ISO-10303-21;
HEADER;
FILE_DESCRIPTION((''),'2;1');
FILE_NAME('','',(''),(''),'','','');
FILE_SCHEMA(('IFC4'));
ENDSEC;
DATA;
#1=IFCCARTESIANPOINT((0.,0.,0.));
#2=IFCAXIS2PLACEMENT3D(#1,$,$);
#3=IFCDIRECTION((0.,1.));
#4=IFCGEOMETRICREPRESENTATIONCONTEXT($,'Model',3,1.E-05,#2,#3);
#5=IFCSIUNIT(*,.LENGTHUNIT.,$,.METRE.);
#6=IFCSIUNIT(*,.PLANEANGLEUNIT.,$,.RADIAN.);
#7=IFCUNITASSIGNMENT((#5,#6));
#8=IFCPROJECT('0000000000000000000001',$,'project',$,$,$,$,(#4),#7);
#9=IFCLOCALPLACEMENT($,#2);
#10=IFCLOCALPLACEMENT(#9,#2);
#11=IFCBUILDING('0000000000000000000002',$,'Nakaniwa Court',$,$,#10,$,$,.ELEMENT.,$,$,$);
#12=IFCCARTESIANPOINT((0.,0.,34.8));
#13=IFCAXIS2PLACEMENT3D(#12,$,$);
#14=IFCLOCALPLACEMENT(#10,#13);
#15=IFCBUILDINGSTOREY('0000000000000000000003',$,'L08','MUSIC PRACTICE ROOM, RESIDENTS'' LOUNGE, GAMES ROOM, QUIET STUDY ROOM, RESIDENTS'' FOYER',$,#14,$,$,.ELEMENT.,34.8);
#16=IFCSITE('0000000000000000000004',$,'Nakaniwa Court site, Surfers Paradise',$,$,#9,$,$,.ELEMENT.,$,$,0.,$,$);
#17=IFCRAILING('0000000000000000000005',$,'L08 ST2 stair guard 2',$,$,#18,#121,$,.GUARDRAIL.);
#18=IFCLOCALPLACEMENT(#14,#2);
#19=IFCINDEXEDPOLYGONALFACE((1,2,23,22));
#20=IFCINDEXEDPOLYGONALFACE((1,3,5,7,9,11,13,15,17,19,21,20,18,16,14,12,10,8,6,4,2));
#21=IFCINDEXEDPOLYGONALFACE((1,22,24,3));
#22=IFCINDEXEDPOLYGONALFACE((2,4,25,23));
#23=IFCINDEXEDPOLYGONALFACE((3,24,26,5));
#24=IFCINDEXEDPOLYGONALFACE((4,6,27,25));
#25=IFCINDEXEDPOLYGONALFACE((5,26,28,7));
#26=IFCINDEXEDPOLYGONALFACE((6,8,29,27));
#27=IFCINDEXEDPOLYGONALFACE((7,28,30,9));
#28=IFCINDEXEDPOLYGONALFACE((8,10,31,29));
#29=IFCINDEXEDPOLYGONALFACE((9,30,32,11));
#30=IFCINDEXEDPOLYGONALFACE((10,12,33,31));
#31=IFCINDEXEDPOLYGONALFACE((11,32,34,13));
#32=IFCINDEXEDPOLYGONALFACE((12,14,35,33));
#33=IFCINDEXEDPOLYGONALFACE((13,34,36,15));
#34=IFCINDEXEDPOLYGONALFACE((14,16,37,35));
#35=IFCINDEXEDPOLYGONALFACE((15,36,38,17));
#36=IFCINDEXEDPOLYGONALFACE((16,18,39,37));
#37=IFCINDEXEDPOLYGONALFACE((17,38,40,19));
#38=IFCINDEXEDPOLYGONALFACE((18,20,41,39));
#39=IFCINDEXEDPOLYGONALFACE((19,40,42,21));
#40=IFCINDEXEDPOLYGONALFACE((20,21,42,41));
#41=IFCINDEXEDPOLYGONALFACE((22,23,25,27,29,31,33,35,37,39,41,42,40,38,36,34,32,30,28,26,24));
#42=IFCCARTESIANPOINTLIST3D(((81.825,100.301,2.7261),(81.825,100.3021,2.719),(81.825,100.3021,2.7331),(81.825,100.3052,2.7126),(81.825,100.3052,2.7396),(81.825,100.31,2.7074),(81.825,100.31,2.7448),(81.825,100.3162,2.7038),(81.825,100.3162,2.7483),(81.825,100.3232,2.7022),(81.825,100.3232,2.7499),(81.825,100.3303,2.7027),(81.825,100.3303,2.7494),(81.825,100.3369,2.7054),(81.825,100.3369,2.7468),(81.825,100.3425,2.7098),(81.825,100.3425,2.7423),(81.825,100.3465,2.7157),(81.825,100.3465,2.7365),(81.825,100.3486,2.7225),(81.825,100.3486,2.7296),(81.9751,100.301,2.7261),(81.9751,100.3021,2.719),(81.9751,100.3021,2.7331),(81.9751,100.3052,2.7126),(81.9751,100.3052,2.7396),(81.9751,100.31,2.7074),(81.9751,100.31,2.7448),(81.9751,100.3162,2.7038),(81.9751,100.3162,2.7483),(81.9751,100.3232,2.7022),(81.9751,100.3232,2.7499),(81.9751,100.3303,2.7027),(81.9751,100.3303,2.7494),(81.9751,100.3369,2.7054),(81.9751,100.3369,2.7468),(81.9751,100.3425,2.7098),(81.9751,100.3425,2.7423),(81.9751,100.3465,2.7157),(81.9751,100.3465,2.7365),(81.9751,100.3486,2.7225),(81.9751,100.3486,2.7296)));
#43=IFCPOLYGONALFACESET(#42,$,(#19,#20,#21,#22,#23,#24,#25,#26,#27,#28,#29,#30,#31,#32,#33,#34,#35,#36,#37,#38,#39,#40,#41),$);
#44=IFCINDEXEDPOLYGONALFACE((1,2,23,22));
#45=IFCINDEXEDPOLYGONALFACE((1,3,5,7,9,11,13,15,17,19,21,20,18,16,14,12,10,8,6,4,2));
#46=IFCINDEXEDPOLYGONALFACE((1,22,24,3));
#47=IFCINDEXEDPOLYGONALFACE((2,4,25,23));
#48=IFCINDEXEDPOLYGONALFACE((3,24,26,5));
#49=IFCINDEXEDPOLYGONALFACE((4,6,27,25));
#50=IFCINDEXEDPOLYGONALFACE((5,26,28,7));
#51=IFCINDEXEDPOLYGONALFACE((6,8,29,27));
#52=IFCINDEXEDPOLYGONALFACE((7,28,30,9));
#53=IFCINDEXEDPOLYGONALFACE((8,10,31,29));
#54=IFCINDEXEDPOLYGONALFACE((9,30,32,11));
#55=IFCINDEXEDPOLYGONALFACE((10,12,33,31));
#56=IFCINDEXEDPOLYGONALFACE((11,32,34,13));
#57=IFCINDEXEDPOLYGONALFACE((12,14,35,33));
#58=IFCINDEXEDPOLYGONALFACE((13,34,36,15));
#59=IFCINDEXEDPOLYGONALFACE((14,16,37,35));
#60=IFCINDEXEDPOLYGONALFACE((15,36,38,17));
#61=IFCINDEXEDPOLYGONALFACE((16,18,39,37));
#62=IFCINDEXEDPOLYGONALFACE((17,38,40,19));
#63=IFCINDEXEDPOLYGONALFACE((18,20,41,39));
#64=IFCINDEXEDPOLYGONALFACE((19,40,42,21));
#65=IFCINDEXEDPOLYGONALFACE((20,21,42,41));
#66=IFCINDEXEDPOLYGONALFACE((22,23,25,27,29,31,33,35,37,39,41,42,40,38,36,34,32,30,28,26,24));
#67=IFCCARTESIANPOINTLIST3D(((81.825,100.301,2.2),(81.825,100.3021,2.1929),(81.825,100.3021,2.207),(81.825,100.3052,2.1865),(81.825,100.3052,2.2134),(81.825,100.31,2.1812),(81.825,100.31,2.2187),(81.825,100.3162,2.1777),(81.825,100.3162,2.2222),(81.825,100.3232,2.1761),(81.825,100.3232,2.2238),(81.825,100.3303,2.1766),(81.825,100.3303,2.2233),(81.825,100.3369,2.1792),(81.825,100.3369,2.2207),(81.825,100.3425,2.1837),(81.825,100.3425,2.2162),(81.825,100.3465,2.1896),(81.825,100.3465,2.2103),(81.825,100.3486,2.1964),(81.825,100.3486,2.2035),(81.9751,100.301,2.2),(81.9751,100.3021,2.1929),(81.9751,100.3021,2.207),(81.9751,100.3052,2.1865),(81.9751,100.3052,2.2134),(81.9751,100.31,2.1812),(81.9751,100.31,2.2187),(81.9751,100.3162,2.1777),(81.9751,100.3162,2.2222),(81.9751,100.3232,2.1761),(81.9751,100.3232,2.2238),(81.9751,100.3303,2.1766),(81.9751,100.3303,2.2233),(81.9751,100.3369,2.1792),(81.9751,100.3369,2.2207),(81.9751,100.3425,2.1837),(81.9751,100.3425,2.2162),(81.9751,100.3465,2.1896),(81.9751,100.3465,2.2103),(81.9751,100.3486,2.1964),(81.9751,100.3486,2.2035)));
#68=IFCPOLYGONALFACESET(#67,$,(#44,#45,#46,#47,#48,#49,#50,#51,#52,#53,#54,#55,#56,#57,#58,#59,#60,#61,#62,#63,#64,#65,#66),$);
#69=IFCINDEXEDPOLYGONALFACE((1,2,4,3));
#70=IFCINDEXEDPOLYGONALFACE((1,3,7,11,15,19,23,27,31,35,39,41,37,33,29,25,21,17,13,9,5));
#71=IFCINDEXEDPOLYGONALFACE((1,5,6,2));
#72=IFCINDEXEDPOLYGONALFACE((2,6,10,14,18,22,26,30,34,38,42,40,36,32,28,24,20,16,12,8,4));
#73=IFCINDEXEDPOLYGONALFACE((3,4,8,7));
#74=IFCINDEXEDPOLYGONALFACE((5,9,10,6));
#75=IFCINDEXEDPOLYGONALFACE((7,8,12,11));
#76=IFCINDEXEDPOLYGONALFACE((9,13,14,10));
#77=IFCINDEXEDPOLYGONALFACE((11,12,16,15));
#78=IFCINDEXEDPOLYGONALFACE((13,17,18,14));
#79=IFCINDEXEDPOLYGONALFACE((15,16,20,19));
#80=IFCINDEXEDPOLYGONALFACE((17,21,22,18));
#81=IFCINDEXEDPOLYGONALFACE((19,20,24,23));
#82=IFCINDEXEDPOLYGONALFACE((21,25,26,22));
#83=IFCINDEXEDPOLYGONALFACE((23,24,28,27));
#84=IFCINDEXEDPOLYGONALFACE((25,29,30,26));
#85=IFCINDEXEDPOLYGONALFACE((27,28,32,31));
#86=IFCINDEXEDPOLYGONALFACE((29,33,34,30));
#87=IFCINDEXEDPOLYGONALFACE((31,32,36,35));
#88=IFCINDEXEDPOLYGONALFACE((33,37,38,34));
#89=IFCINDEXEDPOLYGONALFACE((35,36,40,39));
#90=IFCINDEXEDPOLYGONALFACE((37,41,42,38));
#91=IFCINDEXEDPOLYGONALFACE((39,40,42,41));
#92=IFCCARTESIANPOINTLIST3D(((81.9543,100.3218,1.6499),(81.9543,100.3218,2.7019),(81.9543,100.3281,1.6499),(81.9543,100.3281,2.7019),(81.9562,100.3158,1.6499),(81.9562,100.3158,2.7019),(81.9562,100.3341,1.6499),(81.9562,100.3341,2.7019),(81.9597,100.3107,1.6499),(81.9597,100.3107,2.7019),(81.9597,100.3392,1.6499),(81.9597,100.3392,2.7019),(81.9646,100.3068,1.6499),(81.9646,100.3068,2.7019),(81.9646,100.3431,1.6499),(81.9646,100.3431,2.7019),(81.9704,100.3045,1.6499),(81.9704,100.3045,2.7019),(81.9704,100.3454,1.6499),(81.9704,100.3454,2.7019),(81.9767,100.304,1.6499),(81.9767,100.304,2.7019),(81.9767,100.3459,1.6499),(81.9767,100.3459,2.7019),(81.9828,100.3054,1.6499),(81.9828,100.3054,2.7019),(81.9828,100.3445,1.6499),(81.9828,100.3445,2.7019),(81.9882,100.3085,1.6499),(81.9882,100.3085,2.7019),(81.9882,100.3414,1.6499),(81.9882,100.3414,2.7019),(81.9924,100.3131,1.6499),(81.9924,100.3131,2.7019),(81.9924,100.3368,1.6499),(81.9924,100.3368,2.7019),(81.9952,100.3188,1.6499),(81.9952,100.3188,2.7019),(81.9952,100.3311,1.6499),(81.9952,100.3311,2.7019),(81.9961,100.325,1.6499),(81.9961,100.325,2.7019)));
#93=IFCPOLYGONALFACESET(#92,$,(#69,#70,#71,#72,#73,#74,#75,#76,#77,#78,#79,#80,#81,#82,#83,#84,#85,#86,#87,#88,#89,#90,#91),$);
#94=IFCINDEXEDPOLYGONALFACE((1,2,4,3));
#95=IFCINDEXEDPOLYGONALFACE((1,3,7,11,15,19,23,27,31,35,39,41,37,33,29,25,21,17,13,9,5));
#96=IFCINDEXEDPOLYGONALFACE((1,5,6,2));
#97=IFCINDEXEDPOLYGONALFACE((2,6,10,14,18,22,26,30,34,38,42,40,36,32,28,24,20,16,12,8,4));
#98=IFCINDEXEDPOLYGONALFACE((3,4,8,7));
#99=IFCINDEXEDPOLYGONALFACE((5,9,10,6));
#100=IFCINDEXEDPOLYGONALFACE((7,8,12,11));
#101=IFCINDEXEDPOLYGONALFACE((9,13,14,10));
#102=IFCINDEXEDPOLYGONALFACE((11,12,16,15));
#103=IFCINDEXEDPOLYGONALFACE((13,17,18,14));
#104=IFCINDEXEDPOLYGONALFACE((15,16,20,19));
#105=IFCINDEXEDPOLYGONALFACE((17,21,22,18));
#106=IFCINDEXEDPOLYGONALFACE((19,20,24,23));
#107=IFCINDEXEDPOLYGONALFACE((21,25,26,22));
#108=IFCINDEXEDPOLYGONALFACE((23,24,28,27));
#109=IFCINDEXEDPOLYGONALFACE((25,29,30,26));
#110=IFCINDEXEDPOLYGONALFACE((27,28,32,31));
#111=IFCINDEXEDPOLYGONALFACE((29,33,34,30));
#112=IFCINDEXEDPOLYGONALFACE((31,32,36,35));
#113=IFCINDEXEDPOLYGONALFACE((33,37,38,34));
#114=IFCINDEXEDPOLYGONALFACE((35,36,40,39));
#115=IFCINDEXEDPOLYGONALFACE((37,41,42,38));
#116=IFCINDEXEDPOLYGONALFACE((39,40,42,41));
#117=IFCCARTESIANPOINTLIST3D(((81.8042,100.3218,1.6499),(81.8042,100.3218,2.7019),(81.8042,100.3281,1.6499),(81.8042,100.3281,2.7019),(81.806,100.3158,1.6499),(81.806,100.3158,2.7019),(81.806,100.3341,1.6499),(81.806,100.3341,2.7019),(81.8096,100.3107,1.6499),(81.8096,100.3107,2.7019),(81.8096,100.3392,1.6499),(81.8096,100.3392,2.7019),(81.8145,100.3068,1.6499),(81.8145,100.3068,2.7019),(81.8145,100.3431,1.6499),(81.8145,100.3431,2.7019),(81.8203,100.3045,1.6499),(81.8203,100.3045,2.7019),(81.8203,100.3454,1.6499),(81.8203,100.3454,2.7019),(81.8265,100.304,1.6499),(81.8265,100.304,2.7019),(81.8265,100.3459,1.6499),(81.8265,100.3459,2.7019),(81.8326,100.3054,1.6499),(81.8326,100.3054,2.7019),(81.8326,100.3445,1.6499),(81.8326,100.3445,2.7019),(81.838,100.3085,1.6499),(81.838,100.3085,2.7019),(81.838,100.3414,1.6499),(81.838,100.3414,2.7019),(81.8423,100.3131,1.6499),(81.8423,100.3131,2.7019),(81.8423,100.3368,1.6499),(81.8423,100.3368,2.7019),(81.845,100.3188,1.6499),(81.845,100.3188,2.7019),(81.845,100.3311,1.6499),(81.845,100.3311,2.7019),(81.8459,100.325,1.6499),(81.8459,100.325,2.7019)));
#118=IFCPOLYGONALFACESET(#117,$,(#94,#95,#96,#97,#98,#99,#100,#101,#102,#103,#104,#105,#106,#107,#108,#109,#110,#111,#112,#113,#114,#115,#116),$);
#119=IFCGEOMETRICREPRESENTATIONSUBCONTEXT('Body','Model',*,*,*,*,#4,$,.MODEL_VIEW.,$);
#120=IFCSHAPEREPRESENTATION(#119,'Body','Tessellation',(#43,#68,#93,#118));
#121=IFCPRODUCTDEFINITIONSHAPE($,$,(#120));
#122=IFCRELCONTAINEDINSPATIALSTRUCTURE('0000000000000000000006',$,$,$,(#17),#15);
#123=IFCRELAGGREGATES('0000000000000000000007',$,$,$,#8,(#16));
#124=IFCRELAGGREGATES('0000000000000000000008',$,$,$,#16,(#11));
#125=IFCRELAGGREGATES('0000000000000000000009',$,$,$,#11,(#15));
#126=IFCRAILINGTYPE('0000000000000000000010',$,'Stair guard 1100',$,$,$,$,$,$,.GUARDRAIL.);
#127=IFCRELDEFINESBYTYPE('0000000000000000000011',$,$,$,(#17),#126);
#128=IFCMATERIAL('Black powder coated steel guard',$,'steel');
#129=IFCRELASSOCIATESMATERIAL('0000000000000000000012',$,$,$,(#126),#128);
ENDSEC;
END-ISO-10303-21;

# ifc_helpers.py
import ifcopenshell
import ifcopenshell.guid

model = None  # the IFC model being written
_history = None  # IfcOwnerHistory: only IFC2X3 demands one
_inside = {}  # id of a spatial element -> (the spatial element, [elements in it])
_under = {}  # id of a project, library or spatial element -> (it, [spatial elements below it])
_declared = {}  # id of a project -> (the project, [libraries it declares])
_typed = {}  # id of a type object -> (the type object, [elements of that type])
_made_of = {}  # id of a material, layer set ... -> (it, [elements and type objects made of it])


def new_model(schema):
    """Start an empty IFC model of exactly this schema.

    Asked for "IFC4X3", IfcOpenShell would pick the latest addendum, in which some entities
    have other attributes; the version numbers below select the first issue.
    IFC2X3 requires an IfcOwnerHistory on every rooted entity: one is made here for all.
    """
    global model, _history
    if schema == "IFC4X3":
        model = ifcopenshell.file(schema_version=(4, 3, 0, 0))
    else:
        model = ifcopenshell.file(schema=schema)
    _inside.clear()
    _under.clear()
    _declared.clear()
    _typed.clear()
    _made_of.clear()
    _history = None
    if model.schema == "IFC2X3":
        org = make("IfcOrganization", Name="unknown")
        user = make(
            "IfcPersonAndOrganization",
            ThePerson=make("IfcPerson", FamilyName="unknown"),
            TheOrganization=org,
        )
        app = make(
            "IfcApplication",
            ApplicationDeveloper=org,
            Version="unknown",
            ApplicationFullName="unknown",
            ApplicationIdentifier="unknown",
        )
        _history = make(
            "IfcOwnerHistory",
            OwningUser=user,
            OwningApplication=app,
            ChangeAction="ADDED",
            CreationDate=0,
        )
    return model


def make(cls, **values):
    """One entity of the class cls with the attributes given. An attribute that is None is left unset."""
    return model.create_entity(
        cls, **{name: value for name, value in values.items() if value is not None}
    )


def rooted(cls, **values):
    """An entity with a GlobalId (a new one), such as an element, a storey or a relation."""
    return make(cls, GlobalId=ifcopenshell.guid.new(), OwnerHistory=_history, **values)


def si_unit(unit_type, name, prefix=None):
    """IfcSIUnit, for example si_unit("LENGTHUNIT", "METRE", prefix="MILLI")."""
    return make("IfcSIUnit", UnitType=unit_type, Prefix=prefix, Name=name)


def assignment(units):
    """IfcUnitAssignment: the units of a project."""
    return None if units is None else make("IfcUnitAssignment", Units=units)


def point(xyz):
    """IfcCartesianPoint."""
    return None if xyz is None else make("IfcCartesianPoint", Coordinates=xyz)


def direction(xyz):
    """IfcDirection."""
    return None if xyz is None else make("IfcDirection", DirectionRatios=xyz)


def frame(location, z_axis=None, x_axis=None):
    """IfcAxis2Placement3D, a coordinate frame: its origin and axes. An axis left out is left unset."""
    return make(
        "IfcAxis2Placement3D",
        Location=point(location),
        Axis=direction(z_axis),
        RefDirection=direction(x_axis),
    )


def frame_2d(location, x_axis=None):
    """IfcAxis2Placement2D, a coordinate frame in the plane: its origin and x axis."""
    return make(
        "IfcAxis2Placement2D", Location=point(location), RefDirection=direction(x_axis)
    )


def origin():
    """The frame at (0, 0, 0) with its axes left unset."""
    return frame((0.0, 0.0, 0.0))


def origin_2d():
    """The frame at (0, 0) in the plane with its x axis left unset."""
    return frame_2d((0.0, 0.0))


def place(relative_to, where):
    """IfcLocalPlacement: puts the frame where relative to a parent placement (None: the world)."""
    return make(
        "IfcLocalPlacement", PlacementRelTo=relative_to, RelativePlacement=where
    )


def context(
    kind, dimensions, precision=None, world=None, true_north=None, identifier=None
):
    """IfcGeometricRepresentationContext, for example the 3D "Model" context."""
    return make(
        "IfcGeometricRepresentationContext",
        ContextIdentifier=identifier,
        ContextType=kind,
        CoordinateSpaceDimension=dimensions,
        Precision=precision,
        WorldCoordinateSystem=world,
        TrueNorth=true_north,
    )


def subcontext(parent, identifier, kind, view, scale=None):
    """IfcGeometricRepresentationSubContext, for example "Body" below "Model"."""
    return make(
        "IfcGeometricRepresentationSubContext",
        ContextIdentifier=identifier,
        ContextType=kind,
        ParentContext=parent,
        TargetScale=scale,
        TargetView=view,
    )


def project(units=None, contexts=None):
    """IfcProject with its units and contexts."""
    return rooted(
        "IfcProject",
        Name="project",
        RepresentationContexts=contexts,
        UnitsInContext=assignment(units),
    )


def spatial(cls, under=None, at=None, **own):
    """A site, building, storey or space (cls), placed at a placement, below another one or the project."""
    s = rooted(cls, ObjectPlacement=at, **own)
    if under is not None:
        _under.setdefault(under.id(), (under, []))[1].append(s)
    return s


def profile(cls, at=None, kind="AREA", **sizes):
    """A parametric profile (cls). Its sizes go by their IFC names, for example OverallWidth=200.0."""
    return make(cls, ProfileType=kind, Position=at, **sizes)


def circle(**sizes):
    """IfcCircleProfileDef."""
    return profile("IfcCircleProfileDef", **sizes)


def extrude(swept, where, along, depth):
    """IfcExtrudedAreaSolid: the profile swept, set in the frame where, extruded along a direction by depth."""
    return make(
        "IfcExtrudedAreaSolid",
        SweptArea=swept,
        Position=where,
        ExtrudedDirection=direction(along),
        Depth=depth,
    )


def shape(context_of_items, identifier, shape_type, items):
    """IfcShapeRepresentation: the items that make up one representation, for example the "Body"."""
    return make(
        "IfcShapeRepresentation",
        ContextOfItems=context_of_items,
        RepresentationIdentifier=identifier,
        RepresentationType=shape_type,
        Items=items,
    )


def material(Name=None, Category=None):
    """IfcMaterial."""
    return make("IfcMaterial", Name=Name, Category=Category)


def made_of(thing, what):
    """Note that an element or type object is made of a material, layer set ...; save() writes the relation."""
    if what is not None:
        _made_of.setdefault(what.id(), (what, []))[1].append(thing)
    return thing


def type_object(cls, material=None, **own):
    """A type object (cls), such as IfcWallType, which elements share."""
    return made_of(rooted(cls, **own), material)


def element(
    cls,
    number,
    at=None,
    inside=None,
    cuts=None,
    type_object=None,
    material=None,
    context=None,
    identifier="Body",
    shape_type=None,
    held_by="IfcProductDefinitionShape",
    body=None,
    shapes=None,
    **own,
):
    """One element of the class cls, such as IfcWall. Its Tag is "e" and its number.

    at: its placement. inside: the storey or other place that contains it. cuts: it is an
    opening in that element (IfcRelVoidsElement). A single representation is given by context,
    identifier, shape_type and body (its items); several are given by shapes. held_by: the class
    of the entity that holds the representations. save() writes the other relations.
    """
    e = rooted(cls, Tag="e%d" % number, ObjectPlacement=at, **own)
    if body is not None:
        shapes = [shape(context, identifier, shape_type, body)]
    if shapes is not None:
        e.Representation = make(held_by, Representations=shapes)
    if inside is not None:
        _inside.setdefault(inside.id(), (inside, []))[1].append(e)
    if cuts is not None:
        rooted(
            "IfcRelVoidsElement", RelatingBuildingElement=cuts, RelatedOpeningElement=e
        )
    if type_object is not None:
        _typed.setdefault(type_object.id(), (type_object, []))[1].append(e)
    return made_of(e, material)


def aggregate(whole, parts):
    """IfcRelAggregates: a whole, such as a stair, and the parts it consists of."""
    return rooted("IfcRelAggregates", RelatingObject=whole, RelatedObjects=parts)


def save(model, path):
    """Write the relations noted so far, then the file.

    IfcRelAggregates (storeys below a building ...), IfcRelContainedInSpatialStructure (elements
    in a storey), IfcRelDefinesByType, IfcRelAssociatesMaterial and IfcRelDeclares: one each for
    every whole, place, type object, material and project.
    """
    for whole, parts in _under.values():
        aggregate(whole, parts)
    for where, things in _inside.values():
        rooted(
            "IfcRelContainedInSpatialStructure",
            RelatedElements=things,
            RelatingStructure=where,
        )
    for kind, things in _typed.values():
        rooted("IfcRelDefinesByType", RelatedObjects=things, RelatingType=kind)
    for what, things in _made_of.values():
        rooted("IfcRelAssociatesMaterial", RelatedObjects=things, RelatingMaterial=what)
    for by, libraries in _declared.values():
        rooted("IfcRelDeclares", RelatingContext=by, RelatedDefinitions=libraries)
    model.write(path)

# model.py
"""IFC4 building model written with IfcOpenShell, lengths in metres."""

from ifc_helpers import new_model, si_unit, direction, frame, origin, origin_2d, place, context, subcontext, project, spatial, circle, extrude, material, type_object, element, save


model = new_model("IFC4")

# Units and contexts
model_context = context("Model", 3, precision=1e-05, world=origin(), true_north=direction((0.0, 1.0)))
body_context = subcontext(model_context, "Body", "Model", "MODEL_VIEW")
ifc_project = project(units=[si_unit("LENGTHUNIT", "METRE"), si_unit("PLANEANGLEUNIT", "RADIAN")], contexts=[model_context])

# Site, building, storey
site_placement = place(None, origin())
site = spatial("IfcSite", under=ifc_project, at=site_placement, Name="Nakaniwa Court site, Surfers Paradise", CompositionType="ELEMENT", RefElevation=0.0)
building_placement = place(site_placement, origin())
building = spatial("IfcBuilding", under=site, at=building_placement, Name="Nakaniwa Court", CompositionType="ELEMENT")
storey_placement = place(building_placement, frame((0.0, 0.0, 34.8)))
storey = spatial("IfcBuildingStorey", under=building, at=storey_placement, Name="L08", Description="MUSIC PRACTICE ROOM, RESIDENTS' LOUNGE, GAMES ROOM, QUIET STUDY ROOM, RESIDENTS' FOYER", CompositionType="ELEMENT", Elevation=34.8)

# Railing
ifc_material_1 = material(Name="Black powder coated steel guard", Category="steel")
railing_type_1 = type_object("IfcRailingType", Name="Stair guard 1100", PredefinedType="GUARDRAIL", material=ifc_material_1)
railing_1_placement = place(storey_placement, frame((81.9751, 100.325, 1.6499)))
element("IfcRailing", 1, at=railing_1_placement, inside=storey, type_object=railing_type_1, Name="L08 ST2 stair guard 2", PredefinedType="GUARDRAIL", context=body_context, shape_type="SweptSolid", body=[
    extrude(circle(Radius=0.0239, at=origin_2d()), frame((0.0, 0.0, 1.0762), z_axis=(-1.0, 0.0, 0.0), x_axis=(0.0, -1.0, 0.0)), (0.0, 0.0, 1.0), 0.1501),
    extrude(circle(Radius=0.0239, at=origin_2d()), frame((0.0, 0.0, 0.55), z_axis=(-1.0, 0.0, 0.0), x_axis=(0.0, -1.0, 0.0)), (0.0, 0.0, 1.0), 0.1501),
    extrude(circle(Radius=0.021, at=origin_2d()), origin(), (0.0, 0.0, 1.0), 1.052),
    extrude(circle(Radius=0.021, at=origin_2d()), frame((-0.1501, 0.0, 0.0)), (0.0, 0.0, 1.0), 1.052),
])

save(model, "model.ifc")
